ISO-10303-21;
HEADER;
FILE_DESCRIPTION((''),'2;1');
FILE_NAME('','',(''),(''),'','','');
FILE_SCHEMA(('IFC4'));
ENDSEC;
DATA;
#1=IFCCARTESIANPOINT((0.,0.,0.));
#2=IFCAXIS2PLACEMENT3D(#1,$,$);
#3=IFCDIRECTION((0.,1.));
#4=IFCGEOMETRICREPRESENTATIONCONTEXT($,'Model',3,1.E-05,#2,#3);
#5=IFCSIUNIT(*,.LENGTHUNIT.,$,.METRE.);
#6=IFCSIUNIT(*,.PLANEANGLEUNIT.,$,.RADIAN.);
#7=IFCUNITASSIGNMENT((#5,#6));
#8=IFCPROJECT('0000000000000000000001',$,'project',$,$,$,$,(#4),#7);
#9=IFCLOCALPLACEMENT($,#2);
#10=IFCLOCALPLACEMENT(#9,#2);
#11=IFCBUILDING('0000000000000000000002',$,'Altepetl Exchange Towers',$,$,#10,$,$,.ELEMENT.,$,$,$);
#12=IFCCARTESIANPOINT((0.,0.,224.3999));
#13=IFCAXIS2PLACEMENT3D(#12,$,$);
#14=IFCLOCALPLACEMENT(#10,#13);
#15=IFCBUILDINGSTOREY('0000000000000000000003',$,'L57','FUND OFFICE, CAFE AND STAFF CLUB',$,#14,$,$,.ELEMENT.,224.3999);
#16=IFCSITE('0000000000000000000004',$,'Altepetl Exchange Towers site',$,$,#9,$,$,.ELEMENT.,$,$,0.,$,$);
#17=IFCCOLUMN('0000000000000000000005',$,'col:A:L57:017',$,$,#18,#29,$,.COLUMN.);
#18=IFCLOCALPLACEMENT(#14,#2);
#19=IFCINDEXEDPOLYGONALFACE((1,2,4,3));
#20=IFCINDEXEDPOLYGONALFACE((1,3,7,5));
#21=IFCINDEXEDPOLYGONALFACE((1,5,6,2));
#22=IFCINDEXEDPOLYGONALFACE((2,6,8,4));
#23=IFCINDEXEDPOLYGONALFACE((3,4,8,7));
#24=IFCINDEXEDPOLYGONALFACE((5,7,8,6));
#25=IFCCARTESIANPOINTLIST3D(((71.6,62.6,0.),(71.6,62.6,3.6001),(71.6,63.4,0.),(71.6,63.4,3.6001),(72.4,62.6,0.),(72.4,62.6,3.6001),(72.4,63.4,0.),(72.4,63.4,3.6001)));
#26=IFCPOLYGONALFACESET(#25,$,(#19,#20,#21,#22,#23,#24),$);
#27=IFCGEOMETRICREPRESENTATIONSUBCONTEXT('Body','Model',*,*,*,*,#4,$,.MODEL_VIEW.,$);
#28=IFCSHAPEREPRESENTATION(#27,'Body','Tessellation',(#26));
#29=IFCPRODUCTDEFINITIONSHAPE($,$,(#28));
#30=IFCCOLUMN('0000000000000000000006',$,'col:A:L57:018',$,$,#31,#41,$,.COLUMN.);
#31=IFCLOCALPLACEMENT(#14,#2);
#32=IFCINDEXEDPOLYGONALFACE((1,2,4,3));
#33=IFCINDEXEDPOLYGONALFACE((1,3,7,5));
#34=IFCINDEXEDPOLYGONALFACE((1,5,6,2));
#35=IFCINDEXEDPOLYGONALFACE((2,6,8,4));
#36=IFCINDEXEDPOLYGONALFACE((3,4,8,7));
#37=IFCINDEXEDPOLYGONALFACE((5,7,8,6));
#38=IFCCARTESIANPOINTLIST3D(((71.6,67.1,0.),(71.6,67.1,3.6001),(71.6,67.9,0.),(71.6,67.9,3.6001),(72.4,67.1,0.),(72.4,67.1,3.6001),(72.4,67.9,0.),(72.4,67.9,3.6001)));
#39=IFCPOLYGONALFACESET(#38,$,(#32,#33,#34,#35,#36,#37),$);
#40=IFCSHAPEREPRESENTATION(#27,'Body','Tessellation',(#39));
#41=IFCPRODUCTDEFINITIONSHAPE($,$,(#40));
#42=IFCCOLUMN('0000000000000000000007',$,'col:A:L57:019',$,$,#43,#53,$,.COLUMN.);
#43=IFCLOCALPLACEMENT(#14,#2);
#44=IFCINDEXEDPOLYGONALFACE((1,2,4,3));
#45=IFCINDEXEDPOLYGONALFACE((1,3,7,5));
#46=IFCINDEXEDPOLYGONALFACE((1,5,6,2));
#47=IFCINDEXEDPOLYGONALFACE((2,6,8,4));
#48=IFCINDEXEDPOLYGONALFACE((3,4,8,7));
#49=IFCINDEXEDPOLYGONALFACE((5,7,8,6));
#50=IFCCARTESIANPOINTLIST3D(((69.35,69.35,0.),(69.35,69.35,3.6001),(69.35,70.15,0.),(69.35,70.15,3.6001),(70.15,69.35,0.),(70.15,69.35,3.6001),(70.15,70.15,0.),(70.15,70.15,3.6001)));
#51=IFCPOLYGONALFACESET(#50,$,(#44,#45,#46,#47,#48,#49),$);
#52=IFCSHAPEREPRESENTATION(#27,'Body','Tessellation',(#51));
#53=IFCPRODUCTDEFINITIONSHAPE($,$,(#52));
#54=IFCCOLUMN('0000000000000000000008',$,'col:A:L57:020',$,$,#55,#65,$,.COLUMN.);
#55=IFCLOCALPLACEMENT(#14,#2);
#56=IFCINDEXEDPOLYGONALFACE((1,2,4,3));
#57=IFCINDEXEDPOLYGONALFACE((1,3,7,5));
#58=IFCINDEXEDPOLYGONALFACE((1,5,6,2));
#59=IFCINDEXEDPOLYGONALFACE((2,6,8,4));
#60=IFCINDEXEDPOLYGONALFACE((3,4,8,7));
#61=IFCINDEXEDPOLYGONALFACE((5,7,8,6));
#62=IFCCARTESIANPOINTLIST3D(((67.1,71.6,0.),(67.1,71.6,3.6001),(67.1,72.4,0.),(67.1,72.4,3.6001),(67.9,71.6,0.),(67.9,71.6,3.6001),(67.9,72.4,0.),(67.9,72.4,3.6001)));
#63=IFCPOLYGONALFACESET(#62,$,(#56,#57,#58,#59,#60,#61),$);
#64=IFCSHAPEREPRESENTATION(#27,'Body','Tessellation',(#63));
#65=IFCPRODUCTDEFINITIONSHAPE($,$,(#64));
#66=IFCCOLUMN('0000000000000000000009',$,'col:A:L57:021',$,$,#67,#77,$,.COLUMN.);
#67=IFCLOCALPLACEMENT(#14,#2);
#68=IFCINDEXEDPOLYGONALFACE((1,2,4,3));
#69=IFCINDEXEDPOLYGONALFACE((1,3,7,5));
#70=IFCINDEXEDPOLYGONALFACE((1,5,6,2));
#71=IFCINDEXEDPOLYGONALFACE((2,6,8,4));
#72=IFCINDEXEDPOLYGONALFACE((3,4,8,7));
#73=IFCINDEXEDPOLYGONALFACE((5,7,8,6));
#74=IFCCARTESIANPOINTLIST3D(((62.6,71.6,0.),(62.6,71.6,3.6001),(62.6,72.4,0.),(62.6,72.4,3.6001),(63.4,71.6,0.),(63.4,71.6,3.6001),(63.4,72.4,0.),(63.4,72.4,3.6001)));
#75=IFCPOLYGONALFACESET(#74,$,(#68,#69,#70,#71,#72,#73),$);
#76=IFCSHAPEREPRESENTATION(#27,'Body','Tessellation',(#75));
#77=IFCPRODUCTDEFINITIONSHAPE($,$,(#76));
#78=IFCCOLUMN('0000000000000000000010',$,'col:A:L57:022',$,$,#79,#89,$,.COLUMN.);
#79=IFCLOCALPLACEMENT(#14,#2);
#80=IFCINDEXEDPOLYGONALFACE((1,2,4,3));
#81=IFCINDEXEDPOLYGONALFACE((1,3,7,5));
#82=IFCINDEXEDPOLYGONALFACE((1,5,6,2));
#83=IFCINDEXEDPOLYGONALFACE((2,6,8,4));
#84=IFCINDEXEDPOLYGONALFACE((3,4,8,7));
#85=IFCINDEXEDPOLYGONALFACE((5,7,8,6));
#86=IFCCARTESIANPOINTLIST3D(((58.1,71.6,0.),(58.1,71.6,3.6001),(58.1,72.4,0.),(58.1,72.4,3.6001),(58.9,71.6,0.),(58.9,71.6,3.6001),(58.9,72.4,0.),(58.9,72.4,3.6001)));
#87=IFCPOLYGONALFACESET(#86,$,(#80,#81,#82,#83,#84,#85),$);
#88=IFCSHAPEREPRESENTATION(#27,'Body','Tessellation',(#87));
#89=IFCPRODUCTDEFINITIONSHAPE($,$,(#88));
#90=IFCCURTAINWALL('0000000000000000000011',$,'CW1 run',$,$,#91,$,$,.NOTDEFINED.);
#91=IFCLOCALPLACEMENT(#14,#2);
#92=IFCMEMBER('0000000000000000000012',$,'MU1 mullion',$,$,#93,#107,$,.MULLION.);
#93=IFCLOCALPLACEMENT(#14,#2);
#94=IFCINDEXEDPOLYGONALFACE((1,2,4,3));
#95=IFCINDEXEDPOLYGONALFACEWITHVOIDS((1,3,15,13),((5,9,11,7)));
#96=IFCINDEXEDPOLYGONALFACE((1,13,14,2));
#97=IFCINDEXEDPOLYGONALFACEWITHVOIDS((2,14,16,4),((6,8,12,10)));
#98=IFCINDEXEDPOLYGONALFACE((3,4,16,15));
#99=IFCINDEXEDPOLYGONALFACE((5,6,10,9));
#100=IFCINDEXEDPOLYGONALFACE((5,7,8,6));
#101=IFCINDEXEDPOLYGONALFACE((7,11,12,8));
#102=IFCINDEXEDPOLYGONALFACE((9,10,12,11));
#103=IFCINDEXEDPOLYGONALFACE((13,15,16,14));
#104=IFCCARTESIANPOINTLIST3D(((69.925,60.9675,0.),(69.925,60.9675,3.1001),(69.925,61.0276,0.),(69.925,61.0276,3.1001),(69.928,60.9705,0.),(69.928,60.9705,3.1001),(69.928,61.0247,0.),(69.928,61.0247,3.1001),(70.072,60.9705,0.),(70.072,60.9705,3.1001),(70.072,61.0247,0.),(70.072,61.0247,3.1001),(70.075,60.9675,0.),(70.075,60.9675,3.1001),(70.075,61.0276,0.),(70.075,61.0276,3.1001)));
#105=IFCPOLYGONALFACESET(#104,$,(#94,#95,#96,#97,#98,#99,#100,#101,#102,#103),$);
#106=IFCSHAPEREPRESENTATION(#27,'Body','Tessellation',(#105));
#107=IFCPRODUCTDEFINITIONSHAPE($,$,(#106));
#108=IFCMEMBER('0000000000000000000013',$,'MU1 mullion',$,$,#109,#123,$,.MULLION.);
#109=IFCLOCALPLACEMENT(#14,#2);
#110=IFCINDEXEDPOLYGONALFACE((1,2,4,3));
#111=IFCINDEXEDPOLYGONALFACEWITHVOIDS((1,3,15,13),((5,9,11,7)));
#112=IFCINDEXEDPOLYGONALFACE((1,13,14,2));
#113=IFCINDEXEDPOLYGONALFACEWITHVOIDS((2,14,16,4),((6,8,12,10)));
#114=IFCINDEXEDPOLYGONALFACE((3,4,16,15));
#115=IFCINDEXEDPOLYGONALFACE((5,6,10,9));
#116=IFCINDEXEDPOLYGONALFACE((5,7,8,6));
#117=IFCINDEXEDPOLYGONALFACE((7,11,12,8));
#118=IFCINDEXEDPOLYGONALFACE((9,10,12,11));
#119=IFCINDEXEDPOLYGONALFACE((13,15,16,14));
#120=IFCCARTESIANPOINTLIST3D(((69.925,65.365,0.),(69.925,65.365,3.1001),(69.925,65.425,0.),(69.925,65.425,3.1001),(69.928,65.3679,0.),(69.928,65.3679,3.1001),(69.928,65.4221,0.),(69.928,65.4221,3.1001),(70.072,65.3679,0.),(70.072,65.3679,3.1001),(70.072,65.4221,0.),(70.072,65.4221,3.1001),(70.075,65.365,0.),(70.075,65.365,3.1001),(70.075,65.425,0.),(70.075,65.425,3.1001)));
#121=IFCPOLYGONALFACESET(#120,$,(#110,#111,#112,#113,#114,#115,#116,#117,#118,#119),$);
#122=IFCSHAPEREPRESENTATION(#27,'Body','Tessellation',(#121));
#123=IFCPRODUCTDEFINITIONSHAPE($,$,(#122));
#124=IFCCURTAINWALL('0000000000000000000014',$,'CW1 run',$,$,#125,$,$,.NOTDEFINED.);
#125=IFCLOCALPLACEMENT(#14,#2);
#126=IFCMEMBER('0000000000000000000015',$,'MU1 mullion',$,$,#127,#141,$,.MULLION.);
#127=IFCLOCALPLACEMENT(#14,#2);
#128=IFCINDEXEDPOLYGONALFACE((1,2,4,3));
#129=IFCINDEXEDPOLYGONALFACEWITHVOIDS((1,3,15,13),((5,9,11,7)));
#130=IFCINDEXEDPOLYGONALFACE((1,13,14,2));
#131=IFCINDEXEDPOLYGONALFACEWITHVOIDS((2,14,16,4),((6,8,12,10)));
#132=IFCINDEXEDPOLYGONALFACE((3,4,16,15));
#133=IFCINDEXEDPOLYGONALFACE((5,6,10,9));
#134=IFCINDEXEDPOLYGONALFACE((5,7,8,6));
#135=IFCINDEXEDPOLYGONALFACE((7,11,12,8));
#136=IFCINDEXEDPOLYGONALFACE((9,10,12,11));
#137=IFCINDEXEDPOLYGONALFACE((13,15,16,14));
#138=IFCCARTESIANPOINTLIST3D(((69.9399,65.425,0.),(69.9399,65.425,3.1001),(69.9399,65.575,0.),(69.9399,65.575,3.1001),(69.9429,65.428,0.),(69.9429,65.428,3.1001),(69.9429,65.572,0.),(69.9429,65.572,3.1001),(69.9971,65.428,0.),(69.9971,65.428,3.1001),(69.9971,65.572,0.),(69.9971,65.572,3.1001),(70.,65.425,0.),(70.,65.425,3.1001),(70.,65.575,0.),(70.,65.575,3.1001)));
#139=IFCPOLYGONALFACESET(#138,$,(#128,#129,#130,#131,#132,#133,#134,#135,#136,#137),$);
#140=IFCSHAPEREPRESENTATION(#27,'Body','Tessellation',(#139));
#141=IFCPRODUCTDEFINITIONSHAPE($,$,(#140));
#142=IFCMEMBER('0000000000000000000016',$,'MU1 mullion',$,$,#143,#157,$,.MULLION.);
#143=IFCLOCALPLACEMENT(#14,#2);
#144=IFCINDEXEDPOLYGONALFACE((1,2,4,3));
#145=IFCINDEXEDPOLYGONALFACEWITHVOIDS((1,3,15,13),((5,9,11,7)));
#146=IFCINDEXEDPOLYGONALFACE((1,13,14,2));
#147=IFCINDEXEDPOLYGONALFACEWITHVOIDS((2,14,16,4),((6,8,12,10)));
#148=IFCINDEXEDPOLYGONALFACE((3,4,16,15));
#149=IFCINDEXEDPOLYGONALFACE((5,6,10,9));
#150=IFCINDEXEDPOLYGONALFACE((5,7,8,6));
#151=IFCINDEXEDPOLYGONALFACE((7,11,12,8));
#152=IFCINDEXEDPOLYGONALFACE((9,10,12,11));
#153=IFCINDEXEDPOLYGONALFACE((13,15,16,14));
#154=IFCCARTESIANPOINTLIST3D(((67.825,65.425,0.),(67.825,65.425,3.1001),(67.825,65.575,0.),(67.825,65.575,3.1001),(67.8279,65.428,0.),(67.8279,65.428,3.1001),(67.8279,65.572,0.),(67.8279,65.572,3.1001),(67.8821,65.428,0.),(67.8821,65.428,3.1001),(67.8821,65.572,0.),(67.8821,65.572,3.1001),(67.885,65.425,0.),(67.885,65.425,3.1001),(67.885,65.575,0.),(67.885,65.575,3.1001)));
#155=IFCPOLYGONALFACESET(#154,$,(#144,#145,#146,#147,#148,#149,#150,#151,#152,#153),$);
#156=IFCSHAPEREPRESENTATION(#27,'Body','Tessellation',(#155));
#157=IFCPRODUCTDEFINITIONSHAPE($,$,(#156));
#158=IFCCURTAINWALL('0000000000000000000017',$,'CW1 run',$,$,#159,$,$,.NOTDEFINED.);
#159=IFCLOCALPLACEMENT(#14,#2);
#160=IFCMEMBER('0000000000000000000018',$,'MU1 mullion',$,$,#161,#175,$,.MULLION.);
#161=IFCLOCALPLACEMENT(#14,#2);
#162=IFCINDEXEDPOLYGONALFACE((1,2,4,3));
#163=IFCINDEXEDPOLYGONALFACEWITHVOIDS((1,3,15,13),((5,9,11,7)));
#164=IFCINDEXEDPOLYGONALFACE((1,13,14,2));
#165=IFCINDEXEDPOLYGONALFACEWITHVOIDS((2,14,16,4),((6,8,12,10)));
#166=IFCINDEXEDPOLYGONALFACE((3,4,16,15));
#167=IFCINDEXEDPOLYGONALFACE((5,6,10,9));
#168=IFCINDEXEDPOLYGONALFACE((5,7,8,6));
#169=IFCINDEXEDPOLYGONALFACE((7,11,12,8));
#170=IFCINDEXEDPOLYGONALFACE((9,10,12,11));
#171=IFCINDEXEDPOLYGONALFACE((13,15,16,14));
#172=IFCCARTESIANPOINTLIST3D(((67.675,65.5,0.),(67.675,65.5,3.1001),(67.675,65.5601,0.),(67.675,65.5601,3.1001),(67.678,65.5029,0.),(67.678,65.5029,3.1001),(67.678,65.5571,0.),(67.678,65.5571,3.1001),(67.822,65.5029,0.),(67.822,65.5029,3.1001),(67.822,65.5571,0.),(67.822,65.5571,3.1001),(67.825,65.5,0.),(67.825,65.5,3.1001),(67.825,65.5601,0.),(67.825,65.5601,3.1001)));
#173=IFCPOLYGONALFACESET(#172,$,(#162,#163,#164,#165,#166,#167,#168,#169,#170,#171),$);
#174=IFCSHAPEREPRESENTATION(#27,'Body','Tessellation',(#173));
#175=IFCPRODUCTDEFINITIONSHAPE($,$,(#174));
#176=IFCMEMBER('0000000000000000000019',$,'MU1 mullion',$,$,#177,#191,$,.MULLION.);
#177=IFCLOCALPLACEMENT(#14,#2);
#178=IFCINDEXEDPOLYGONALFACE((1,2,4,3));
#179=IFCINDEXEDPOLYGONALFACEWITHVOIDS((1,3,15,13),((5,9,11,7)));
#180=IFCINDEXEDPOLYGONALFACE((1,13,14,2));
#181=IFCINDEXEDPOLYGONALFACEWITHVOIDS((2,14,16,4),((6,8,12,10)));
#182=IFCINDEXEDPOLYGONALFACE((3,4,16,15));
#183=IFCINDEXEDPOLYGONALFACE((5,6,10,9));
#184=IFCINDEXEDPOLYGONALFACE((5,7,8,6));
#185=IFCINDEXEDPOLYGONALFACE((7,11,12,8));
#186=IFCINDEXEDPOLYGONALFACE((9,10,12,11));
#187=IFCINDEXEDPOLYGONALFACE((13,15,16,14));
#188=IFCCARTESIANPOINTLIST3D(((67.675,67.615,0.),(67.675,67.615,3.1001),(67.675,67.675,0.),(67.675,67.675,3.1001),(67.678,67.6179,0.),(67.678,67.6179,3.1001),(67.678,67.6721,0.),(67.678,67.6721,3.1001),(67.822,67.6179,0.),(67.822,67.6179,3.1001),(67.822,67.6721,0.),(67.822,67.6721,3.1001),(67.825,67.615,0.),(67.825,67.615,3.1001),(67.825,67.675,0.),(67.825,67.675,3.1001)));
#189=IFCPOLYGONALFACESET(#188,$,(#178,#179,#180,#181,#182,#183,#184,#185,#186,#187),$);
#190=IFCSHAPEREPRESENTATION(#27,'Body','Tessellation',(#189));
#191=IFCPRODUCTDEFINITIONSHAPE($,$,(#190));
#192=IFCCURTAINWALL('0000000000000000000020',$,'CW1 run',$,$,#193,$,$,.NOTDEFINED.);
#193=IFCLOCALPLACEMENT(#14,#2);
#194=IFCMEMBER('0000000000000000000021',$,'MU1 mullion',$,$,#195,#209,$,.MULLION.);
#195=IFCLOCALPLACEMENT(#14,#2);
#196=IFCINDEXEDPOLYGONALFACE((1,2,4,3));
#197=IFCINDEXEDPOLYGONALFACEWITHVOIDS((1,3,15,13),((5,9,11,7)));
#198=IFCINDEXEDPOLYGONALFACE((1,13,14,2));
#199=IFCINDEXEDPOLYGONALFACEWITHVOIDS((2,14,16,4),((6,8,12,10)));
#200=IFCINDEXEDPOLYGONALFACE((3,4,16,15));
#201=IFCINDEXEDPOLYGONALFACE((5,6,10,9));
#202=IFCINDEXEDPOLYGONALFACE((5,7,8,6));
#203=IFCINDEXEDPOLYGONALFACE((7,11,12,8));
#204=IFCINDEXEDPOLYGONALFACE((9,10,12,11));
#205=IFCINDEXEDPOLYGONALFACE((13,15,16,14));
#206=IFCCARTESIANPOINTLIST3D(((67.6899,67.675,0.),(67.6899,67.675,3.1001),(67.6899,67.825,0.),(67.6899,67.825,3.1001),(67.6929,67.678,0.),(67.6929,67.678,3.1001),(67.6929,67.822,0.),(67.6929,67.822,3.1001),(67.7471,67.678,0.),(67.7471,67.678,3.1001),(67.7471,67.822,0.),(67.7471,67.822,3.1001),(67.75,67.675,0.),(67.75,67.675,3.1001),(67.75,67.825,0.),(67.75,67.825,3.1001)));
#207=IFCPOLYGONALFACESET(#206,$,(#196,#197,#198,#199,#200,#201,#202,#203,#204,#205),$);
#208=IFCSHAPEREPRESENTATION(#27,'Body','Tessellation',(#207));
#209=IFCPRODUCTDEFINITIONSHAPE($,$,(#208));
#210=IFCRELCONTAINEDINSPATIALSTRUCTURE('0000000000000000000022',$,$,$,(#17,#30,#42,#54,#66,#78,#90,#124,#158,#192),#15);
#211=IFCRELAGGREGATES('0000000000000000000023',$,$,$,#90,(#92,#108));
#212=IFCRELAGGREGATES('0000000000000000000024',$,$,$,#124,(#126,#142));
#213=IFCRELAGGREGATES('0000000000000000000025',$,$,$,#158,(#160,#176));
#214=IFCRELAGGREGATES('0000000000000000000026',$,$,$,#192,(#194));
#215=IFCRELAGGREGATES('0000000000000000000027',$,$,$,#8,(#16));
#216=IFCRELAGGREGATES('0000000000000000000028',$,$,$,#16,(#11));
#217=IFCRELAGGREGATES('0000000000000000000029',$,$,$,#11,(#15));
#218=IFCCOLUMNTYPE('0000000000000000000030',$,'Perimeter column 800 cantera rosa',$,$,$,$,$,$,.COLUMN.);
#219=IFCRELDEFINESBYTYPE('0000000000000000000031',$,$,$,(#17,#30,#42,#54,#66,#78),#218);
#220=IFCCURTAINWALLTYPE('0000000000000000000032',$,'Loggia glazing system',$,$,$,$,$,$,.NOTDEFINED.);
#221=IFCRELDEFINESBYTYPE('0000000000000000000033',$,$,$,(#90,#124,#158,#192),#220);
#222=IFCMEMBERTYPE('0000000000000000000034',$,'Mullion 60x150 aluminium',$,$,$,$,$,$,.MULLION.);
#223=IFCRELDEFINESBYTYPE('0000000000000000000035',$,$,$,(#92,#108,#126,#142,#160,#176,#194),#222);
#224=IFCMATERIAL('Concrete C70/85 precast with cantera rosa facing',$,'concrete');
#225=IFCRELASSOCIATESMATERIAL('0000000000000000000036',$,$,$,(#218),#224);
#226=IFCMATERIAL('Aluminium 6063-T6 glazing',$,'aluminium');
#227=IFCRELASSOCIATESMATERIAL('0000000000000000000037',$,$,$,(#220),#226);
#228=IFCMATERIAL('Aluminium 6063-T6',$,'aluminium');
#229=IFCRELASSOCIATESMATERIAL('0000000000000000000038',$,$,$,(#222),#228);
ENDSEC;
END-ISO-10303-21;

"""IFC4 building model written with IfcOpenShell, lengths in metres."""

from ifc_helpers import new_model, si_unit, direction, frame, origin, origin_2d, place, context, subcontext, project, spatial, rectangle, hollow_rectangle, extrude, material, material_profile, profile_set, type_object, element, aggregate, save


model = new_model("IFC4")

# Units and contexts
model_context = context("Model", 3, precision=1e-05, world=origin(), true_north=direction((0.0, 1.0)))
body_context = subcontext(model_context, "Body", "Model", "MODEL_VIEW")
ifc_project = project(units=[si_unit("LENGTHUNIT", "METRE"), si_unit("PLANEANGLEUNIT", "RADIAN")], contexts=[model_context])

# Site, building, storey
site_placement = place(None, origin())
site = spatial("IfcSite", under=ifc_project, at=site_placement, Name="Altepetl Exchange Towers site", CompositionType="ELEMENT", RefElevation=0.0)
building_placement = place(site_placement, origin())
building = spatial("IfcBuilding", under=site, at=building_placement, Name="Altepetl Exchange Towers", CompositionType="ELEMENT")
storey_placement = place(building_placement, frame((0.0, 0.0, 224.3999)))
storey = spatial("IfcBuildingStorey", under=building, at=storey_placement, Name="L57", Description="FUND OFFICE, CAFE AND STAFF CLUB", CompositionType="ELEMENT", Elevation=224.3999)

# Columns
ifc_material_1 = material(Name="Concrete C70/85 precast with cantera rosa facing", Category="concrete")
ifc_material_profile_1 = material_profile(ifc_material_1, rectangle(XDim=0.8, YDim=0.8, at=origin_2d()), Name="800 x 800")
ifc_profile_set_1 = profile_set([ifc_material_profile_1], Name="Concrete C70/85 precast with cantera rosa facing")
column_type = type_object("IfcColumnType", Name="Perimeter column 800 cantera rosa", PredefinedType="COLUMN", material=ifc_profile_set_1)
for number, where, name in (
    (1, (72.0, 63.0, 0.0), "col:A:L57:017"),
    (2, (72.0, 67.5, 0.0), "col:A:L57:018"),
    (3, (69.75, 69.75, 0.0), "col:A:L57:019"),
    (4, (67.5, 72.0, 0.0), "col:A:L57:020"),
    (5, (63.0, 72.0, 0.0), "col:A:L57:021"),
    (6, (58.5, 72.0, 0.0), "col:A:L57:022"),
):
    element("IfcColumn", number, at=place(storey_placement, frame(where)), inside=storey, type_object=column_type, Name=name, PredefinedType="COLUMN", context=body_context, shape_type="SweptSolid", body=[
        extrude(rectangle(XDim=0.8, YDim=0.8, at=origin_2d()), origin(), (0.0, 0.0, 1.0), 3.6001),
    ])

# Curtain walls, members
ifc_material_2 = material(Name="Aluminium 6063-T6 glazing", Category="aluminium")
curtain_wall_type = type_object("IfcCurtainWallType", Name="Loggia glazing system", PredefinedType="NOTDEFINED", material=ifc_material_2)
curtain_wall_1_placement = place(storey_placement, origin())
curtain_wall_1 = element("IfcCurtainWall", 7, at=curtain_wall_1_placement, inside=storey, type_object=curtain_wall_type, Name="CW1 run", PredefinedType="NOTDEFINED")
ifc_material_3 = material(Name="Aluminium 6063-T6", Category="aluminium")
ifc_material_profile_2 = material_profile(ifc_material_3, hollow_rectangle(XDim=0.0601, YDim=0.1499, WallThickness=0.0029, at=origin_2d()), Name="Mullion 60x150 aluminium")
ifc_profile_set_2 = profile_set([ifc_material_profile_2], Name="Aluminium 6063-T6")
member_type = type_object("IfcMemberType", Name="Mullion 60x150 aluminium", PredefinedType="MULLION", material=ifc_profile_set_2)
member_1_placement = place(storey_placement, frame((70.0, 60.9976, 0.0), z_axis=(0.0, 0.0, 1.0), x_axis=(0.0, 1.0, 0.0)))
member_1 = element("IfcMember", 8, at=member_1_placement, type_object=member_type, Name="MU1 mullion", PredefinedType="MULLION", context=body_context, shape_type="SweptSolid", body=[
    extrude(hollow_rectangle(XDim=0.0601, YDim=0.1499, WallThickness=0.0029, at=origin_2d()), origin(), (0.0, 0.0, 1.0), 3.1001),
])
member_2_placement = place(storey_placement, frame((70.0, 65.395, 0.0), z_axis=(0.0, 0.0, 1.0), x_axis=(0.0, 1.0, 0.0)))
member_2 = element("IfcMember", 9, at=member_2_placement, type_object=member_type, Name="MU1 mullion", PredefinedType="MULLION", context=body_context, shape_type="SweptSolid", body=[
    extrude(hollow_rectangle(XDim=0.0601, YDim=0.1499, WallThickness=0.0029, at=origin_2d()), origin(), (0.0, 0.0, 1.0), 3.1001),
])
curtain_wall_2_placement = place(storey_placement, origin())
curtain_wall_2 = element("IfcCurtainWall", 10, at=curtain_wall_2_placement, inside=storey, type_object=curtain_wall_type, Name="CW1 run", PredefinedType="NOTDEFINED")
member_3_placement = place(storey_placement, frame((69.97, 65.5, 0.0), z_axis=(0.0, 0.0, 1.0), x_axis=(-1.0, 0.0, 0.0)))
member_3 = element("IfcMember", 11, at=member_3_placement, type_object=member_type, Name="MU1 mullion", PredefinedType="MULLION", context=body_context, shape_type="SweptSolid", body=[
    extrude(hollow_rectangle(XDim=0.0601, YDim=0.1499, WallThickness=0.0029, at=origin_2d()), origin(), (0.0, 0.0, 1.0), 3.1001),
])
member_4_placement = place(storey_placement, frame((67.855, 65.5, 0.0), z_axis=(0.0, 0.0, 1.0), x_axis=(-1.0, 0.0, 0.0)))
member_4 = element("IfcMember", 12, at=member_4_placement, type_object=member_type, Name="MU1 mullion", PredefinedType="MULLION", context=body_context, shape_type="SweptSolid", body=[
    extrude(hollow_rectangle(XDim=0.0601, YDim=0.1499, WallThickness=0.0029, at=origin_2d()), origin(), (0.0, 0.0, 1.0), 3.1001),
])
curtain_wall_3_placement = place(storey_placement, origin())
curtain_wall_3 = element("IfcCurtainWall", 13, at=curtain_wall_3_placement, inside=storey, type_object=curtain_wall_type, Name="CW1 run", PredefinedType="NOTDEFINED")
member_5_placement = place(storey_placement, frame((67.75, 65.53, 0.0), z_axis=(0.0, 0.0, 1.0), x_axis=(0.0, 1.0, 0.0)))
member_5 = element("IfcMember", 14, at=member_5_placement, type_object=member_type, Name="MU1 mullion", PredefinedType="MULLION", context=body_context, shape_type="SweptSolid", body=[
    extrude(hollow_rectangle(XDim=0.0601, YDim=0.1499, WallThickness=0.0029, at=origin_2d()), origin(), (0.0, 0.0, 1.0), 3.1001),
])
member_6_placement = place(storey_placement, frame((67.75, 67.645, 0.0), z_axis=(0.0, 0.0, 1.0), x_axis=(0.0, 1.0, 0.0)))
member_6 = element("IfcMember", 15, at=member_6_placement, type_object=member_type, Name="MU1 mullion", PredefinedType="MULLION", context=body_context, shape_type="SweptSolid", body=[
    extrude(hollow_rectangle(XDim=0.0601, YDim=0.1499, WallThickness=0.0029, at=origin_2d()), origin(), (0.0, 0.0, 1.0), 3.1001),
])
curtain_wall_4_placement = place(storey_placement, origin())
curtain_wall_4 = element("IfcCurtainWall", 16, at=curtain_wall_4_placement, inside=storey, type_object=curtain_wall_type, Name="CW1 run", PredefinedType="NOTDEFINED")
member_7_placement = place(storey_placement, frame((67.72, 67.75, 0.0), z_axis=(0.0, 0.0, 1.0), x_axis=(-1.0, 0.0, 0.0)))
member_7 = element("IfcMember", 17, at=member_7_placement, type_object=member_type, Name="MU1 mullion", PredefinedType="MULLION", context=body_context, shape_type="SweptSolid", body=[
    extrude(hollow_rectangle(XDim=0.0601, YDim=0.1499, WallThickness=0.0029, at=origin_2d()), origin(), (0.0, 0.0, 1.0), 3.1001),
])

aggregate(curtain_wall_1, [member_1, member_2])
aggregate(curtain_wall_2, [member_3, member_4])
aggregate(curtain_wall_3, [member_5, member_6])
aggregate(curtain_wall_4, [member_7])

save(model, "model.ifc")
